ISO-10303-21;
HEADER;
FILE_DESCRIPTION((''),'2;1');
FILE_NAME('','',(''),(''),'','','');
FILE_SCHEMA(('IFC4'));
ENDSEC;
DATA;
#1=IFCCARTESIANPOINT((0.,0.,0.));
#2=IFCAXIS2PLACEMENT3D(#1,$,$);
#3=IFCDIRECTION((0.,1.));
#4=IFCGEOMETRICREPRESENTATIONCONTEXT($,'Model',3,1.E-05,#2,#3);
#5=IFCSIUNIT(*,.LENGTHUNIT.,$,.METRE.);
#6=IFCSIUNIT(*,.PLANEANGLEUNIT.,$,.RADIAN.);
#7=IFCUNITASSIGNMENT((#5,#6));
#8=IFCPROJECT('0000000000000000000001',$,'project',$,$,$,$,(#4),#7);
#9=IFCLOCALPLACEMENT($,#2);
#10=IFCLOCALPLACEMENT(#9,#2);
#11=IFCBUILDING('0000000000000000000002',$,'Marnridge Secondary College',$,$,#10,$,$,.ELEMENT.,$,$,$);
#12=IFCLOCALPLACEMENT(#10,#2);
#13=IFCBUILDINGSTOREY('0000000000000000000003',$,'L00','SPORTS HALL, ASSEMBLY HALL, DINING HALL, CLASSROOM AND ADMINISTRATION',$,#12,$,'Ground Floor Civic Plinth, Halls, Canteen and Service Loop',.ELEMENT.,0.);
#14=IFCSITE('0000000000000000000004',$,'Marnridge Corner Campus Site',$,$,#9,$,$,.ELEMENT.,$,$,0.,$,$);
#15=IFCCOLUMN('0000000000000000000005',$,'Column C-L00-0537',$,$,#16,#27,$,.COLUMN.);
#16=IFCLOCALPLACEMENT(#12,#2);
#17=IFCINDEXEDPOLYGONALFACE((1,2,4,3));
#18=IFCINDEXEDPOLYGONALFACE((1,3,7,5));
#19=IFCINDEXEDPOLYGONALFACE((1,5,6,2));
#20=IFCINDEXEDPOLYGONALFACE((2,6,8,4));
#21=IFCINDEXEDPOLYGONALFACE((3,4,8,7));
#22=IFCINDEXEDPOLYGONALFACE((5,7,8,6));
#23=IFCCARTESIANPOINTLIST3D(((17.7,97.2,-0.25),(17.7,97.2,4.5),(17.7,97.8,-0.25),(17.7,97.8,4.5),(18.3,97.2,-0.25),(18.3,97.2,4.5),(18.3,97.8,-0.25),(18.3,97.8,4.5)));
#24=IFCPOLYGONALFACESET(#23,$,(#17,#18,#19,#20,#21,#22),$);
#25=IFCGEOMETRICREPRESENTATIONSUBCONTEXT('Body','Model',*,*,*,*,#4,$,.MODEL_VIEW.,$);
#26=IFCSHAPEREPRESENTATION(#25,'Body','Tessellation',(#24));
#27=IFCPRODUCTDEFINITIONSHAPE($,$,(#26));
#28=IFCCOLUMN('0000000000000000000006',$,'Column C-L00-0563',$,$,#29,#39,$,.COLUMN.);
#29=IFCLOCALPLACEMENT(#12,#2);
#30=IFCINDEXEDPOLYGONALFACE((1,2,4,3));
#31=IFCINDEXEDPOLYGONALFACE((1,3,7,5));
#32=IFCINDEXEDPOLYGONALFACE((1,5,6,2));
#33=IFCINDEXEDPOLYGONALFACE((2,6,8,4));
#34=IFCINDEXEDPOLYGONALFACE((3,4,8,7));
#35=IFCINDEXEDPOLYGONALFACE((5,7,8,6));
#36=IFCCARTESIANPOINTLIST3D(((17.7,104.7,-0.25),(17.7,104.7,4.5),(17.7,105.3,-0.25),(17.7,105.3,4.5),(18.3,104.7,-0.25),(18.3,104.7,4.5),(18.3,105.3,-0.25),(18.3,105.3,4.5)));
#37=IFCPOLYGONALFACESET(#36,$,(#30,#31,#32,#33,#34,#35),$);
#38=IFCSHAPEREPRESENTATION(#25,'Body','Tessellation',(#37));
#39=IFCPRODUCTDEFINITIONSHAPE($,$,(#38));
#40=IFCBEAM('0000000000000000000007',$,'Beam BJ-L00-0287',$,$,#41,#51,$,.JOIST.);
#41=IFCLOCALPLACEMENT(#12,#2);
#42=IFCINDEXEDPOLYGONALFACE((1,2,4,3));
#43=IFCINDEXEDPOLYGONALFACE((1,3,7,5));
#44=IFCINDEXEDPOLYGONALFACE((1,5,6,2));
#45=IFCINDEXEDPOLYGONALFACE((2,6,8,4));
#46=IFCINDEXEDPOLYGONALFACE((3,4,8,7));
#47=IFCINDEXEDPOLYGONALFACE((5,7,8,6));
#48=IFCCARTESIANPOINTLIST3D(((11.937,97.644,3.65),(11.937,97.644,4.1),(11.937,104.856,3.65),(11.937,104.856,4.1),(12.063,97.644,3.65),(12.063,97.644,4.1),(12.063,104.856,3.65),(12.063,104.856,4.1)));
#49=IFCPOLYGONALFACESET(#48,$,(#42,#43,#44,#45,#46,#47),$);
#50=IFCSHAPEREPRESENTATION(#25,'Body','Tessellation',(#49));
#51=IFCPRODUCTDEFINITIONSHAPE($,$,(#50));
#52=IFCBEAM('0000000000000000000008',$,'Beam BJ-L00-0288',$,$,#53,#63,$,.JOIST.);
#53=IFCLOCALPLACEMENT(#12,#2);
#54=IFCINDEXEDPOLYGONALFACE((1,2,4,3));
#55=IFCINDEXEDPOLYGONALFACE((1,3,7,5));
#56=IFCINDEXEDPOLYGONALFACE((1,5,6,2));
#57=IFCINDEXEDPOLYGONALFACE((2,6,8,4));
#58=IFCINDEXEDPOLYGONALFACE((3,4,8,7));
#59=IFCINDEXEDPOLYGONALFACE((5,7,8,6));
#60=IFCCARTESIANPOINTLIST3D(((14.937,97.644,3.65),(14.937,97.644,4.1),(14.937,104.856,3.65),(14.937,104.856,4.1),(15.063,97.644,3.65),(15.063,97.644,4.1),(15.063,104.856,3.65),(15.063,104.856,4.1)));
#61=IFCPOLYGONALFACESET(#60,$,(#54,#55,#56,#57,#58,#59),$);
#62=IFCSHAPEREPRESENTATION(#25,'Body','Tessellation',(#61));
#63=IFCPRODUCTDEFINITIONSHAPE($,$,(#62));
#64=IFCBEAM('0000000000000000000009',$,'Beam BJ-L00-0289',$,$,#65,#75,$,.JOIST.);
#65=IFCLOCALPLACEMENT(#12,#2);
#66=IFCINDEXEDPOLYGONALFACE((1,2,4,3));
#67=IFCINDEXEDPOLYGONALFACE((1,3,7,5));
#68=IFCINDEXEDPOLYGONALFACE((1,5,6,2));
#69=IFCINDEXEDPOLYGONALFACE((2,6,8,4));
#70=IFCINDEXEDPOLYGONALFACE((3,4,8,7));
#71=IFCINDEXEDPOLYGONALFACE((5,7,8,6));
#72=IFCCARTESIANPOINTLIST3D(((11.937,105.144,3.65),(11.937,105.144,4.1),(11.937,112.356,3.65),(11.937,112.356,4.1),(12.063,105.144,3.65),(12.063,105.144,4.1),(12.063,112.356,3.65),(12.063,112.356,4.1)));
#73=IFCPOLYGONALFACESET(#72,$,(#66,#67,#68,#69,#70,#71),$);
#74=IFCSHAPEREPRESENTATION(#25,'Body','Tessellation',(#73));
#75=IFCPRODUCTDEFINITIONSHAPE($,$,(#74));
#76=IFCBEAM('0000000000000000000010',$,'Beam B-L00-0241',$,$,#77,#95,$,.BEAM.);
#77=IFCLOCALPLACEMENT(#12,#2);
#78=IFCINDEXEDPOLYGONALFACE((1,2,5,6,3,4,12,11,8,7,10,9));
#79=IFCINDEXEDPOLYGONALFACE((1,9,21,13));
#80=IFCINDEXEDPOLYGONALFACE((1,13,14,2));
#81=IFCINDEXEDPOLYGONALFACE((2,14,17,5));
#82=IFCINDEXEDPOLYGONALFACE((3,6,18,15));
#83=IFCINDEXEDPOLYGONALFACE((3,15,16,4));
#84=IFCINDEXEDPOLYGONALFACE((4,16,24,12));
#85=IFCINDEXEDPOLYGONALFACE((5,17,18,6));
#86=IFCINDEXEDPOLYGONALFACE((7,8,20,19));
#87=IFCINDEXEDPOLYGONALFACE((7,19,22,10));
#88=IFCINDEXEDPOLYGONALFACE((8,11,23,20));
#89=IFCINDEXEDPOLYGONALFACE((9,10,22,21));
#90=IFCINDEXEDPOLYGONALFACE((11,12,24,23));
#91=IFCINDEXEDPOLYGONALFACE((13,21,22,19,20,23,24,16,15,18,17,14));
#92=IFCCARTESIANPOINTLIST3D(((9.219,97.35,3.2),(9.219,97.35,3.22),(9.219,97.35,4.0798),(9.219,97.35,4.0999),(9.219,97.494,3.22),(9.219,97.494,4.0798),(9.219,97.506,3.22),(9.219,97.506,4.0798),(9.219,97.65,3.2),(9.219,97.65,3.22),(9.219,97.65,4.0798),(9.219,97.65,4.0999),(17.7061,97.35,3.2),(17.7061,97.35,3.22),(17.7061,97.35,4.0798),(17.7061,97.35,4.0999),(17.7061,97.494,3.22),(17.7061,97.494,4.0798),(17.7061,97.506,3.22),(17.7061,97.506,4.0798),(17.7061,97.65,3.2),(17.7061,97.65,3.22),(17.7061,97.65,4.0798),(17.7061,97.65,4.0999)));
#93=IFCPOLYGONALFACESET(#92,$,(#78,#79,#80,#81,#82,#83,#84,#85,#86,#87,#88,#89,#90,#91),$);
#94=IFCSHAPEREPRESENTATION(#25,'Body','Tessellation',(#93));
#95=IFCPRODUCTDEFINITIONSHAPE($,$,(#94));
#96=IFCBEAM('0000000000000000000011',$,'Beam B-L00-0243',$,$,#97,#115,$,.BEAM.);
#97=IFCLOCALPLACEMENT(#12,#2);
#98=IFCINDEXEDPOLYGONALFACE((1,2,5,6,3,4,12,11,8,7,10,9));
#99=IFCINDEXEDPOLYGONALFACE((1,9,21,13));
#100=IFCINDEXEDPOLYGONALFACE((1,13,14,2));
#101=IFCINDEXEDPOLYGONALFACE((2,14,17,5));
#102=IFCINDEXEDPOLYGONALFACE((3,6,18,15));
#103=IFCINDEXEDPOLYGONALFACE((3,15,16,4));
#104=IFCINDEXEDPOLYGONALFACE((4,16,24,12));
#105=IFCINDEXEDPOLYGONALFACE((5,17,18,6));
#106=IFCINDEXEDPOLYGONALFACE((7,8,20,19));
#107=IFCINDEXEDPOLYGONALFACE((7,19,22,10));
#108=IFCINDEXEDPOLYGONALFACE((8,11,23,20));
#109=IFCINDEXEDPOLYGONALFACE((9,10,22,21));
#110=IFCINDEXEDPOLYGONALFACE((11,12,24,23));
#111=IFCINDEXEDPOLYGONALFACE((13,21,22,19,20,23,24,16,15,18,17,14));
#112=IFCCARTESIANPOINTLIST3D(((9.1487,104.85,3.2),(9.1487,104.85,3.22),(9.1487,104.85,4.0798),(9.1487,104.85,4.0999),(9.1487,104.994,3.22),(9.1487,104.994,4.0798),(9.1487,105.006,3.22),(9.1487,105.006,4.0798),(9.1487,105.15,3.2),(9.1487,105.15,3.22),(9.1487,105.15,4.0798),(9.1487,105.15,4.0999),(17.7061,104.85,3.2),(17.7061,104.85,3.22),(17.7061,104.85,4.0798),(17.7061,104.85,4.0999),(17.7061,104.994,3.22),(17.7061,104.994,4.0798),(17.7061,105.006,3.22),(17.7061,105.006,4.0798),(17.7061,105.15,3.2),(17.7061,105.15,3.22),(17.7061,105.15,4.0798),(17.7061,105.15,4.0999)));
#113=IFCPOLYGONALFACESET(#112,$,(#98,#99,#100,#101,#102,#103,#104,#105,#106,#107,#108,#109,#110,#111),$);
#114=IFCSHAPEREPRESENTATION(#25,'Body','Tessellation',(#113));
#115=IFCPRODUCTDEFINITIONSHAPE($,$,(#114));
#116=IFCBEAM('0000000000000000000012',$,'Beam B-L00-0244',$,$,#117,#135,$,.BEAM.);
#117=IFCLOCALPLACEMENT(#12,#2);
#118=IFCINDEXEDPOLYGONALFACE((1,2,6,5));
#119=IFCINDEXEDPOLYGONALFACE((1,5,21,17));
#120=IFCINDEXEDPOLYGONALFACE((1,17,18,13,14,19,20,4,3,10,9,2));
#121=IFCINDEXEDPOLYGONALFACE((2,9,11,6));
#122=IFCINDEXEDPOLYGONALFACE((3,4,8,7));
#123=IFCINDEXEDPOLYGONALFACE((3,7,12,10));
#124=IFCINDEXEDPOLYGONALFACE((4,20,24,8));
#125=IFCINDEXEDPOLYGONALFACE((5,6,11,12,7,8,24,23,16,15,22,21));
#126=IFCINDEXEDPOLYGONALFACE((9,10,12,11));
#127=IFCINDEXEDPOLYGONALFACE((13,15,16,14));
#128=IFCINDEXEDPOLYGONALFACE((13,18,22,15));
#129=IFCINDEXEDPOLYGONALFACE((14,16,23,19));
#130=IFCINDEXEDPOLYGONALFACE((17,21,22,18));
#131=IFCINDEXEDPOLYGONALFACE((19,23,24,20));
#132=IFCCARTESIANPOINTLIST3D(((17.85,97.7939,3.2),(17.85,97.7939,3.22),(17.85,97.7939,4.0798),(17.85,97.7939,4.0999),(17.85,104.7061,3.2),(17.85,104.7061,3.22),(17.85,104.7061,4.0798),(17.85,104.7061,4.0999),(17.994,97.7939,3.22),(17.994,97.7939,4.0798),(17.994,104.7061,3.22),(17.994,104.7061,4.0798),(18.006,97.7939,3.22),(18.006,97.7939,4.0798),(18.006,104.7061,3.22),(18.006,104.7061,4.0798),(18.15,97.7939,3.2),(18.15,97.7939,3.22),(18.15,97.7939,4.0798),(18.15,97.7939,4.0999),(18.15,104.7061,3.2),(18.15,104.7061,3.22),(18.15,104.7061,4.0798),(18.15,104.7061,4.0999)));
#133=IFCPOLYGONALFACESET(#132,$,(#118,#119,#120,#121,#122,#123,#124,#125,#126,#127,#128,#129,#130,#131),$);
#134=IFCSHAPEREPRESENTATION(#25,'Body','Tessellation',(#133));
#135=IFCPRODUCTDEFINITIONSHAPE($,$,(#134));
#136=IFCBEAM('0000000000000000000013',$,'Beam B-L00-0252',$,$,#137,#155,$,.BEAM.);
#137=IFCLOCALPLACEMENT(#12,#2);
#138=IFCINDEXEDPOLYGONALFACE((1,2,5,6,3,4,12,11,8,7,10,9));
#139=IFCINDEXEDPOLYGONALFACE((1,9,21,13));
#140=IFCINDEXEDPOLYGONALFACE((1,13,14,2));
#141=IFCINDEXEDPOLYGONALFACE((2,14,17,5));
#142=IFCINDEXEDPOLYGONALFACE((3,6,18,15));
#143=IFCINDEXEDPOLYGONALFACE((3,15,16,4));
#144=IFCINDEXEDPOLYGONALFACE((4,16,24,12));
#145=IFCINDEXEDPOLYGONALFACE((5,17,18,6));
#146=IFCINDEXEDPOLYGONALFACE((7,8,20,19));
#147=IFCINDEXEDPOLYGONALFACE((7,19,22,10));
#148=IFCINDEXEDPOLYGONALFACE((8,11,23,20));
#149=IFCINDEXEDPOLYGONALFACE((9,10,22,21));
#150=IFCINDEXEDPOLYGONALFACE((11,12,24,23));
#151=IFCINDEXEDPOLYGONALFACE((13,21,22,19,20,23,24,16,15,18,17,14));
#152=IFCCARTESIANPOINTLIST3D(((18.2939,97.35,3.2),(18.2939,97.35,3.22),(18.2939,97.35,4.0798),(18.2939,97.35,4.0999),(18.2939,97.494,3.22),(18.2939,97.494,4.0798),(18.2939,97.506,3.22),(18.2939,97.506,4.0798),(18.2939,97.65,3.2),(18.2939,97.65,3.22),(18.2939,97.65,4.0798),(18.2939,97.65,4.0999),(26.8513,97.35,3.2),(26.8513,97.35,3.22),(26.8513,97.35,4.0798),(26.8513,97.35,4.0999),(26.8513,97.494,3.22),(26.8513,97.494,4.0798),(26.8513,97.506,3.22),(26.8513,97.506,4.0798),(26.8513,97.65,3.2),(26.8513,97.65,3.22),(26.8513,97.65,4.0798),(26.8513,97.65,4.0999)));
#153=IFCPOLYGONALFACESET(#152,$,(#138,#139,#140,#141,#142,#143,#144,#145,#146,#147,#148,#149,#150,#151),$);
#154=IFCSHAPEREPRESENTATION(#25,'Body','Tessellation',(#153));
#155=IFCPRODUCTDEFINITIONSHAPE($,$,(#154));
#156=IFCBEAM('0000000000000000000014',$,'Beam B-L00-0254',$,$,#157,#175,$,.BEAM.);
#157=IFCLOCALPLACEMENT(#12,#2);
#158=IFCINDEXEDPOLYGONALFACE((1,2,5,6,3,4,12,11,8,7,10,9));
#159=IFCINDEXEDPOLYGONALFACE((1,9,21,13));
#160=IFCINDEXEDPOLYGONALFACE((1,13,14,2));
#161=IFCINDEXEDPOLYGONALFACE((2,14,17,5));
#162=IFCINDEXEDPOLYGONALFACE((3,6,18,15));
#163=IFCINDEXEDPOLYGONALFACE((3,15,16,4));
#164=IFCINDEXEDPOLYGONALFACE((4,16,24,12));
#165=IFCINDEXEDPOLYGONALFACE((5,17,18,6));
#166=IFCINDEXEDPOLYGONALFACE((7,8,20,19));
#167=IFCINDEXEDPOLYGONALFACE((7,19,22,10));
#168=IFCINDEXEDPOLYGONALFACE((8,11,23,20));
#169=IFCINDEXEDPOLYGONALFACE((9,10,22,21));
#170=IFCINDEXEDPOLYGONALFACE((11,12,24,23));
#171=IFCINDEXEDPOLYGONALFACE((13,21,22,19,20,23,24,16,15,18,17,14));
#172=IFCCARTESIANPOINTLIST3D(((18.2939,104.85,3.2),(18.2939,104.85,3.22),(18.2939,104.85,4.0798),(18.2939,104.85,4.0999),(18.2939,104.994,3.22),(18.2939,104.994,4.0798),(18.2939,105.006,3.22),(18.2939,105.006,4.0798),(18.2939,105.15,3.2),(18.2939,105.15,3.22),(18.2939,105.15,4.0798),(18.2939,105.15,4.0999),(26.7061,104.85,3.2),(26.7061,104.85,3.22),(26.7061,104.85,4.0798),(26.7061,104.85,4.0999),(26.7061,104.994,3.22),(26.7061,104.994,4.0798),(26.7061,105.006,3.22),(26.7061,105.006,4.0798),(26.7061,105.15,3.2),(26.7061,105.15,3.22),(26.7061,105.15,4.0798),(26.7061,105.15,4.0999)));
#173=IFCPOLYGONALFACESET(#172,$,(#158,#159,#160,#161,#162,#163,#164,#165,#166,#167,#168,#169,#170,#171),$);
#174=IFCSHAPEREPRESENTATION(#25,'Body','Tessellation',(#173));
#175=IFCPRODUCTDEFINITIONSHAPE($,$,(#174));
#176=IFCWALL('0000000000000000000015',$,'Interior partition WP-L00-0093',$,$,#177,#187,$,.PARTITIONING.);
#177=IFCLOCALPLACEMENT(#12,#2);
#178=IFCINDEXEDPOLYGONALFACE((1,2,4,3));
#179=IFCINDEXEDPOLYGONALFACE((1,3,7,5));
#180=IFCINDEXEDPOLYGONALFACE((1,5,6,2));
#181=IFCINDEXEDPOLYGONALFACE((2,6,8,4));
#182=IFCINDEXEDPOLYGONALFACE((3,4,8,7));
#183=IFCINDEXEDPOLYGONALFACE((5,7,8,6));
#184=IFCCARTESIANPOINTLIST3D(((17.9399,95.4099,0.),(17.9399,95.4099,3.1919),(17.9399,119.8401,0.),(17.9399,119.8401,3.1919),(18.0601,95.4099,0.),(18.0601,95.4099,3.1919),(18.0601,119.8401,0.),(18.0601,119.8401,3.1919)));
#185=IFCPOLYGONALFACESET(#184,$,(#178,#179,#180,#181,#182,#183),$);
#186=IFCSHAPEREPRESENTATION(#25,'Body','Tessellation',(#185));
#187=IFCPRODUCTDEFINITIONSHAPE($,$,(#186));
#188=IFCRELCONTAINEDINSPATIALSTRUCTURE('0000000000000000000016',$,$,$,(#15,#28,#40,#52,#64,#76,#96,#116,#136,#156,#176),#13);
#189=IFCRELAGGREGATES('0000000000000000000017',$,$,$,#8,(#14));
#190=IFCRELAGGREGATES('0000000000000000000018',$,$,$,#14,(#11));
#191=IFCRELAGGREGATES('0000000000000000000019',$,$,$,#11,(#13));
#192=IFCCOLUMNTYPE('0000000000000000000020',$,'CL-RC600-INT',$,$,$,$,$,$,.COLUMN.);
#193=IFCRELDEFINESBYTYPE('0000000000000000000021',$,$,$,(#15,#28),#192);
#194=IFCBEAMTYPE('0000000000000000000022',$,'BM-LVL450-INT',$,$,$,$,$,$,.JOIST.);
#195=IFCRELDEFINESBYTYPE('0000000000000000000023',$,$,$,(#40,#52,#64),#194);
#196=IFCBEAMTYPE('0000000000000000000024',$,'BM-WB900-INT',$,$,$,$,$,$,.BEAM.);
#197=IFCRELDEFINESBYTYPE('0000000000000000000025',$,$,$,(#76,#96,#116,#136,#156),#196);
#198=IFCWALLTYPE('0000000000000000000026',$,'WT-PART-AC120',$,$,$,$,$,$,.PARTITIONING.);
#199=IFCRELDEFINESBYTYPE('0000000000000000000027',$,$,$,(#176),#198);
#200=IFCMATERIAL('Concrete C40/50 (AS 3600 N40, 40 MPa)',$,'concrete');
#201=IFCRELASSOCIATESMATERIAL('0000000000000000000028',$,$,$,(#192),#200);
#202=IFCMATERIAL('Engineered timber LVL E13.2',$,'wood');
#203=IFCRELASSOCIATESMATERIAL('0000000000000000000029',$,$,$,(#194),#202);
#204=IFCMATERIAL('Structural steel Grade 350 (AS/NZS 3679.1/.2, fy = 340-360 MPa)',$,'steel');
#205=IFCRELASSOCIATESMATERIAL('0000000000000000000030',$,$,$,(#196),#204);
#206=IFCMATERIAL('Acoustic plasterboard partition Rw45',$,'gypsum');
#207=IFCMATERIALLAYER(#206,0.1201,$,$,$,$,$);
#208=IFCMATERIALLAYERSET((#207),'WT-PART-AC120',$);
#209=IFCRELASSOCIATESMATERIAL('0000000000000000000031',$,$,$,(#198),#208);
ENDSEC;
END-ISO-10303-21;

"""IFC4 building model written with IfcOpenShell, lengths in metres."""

from ifc_helpers import new_model, si_unit, direction, frame, frame_2d, origin, origin_2d, place, context, subcontext, project, spatial, rectangle, i_section, extrude, material, layer, layer_set, material_profile, profile_set, type_object, element, save


model = new_model("IFC4")

# Units and contexts
model_context = context("Model", 3, precision=1e-05, world=origin(), true_north=direction((0.0, 1.0)))
body_context = subcontext(model_context, "Body", "Model", "MODEL_VIEW")
ifc_project = project(units=[si_unit("LENGTHUNIT", "METRE"), si_unit("PLANEANGLEUNIT", "RADIAN")], contexts=[model_context])

# Site, building, storey
site_placement = place(None, origin())
site = spatial("IfcSite", under=ifc_project, at=site_placement, Name="Marnridge Corner Campus Site", CompositionType="ELEMENT", RefElevation=0.0)
building_placement = place(site_placement, origin())
building = spatial("IfcBuilding", under=site, at=building_placement, Name="Marnridge Secondary College", CompositionType="ELEMENT")
storey_placement = place(building_placement, origin())
storey = spatial("IfcBuildingStorey", under=building, at=storey_placement, Name="L00", Description="SPORTS HALL, ASSEMBLY HALL, DINING HALL, CLASSROOM AND ADMINISTRATION", LongName="Ground Floor Civic Plinth, Halls, Canteen and Service Loop", CompositionType="ELEMENT", Elevation=0.0)

# Columns
ifc_material_1 = material(Name="Concrete C40/50 (AS 3600 N40, 40 MPa)", Category="concrete")
ifc_material_profile_1 = material_profile(ifc_material_1, rectangle(XDim=0.6001, YDim=0.6001, at=origin_2d()), Name="RC 600x600")
ifc_profile_set_1 = profile_set([ifc_material_profile_1], Name="Concrete C40/50 (AS 3600 N40, 40 MPa)")
column_type = type_object("IfcColumnType", Name="CL-RC600-INT", PredefinedType="COLUMN", material=ifc_profile_set_1)
for number, where, z_axis, x_axis, name in (
    (1, (18.0, 97.5, -0.25), (0.0, 0.0, 1.0), (1.0, 0.0, 0.0), "Column C-L00-0537"),
    (2, (18.0, 105.0, -0.25), (0.0, 0.0, 1.0), (1.0, 0.0, 0.0), "Column C-L00-0563"),
):
    element("IfcColumn", number, at=place(storey_placement, frame(where, z_axis=z_axis, x_axis=x_axis)), inside=storey, type_object=column_type, Name=name, PredefinedType="COLUMN", context=body_context, shape_type="SweptSolid", body=[
        extrude(rectangle(XDim=0.6001, YDim=0.6001, at=origin_2d()), origin(), (0.0, 0.0, 1.0), 4.75),
    ])

# Beams
ifc_material_2 = material(Name="Engineered timber LVL E13.2", Category="wood")
ifc_material_profile_2 = material_profile(ifc_material_2, rectangle(XDim=0.126, YDim=0.45, at=origin_2d()), Name="LVL 126x450")
ifc_profile_set_2 = profile_set([ifc_material_profile_2], Name="Engineered timber LVL E13.2")
beam_type_1 = type_object("IfcBeamType", Name="BM-LVL450-INT", PredefinedType="JOIST", material=ifc_profile_set_2)
for number, where, z_axis, x_axis, name in (
    (3, (12.0, 97.644, 3.875), (0.0, 1.0, 0.0), (-1.0, 0.0, 0.0), "Beam BJ-L00-0287"),
    (4, (15.0, 97.644, 3.875), (0.0, 1.0, 0.0), (-1.0, 0.0, 0.0), "Beam BJ-L00-0288"),
    (5, (12.0, 105.144, 3.875), (0.0, 1.0, 0.0), (-1.0, 0.0, 0.0), "Beam BJ-L00-0289"),
):
    element("IfcBeam", number, at=place(storey_placement, frame(where, z_axis=z_axis, x_axis=x_axis)), inside=storey, type_object=beam_type_1, Name=name, PredefinedType="JOIST", context=body_context, shape_type="SweptSolid", body=[
        extrude(rectangle(XDim=0.126, YDim=0.45, at=origin_2d()), origin(), (0.0, 0.0, 1.0), 7.2119),
    ])
ifc_material_3 = material(Name="Structural steel Grade 350 (AS/NZS 3679.1/.2, fy = 340-360 MPa)", Category="steel")
ifc_material_profile_3 = material_profile(ifc_material_3, i_section(OverallWidth=0.3, OverallDepth=0.8999, WebThickness=0.012, FlangeThickness=0.02, at=origin_2d()), Name="900WB175")
ifc_profile_set_3 = profile_set([ifc_material_profile_3], Name="Structural steel Grade 350 (AS/NZS 3679.1/.2, fy = 340-360 MPa)")
beam_type_2 = type_object("IfcBeamType", Name="BM-WB900-INT", PredefinedType="BEAM", material=ifc_profile_set_3)
beam_1_placement = place(storey_placement, frame((9.219, 97.5, 3.6499), z_axis=(1.0, 0.0, 0.0), x_axis=(0.0, 1.0, 0.0)))
element("IfcBeam", 6, at=beam_1_placement, inside=storey, type_object=beam_type_2, Name="Beam B-L00-0241", PredefinedType="BEAM", context=body_context, shape_type="SweptSolid", body=[
    extrude(i_section(OverallWidth=0.3, OverallDepth=0.8999, WebThickness=0.012, FlangeThickness=0.02, at=origin_2d()), origin(), (0.0, 0.0, 1.0), 8.4871),
])
beam_2_placement = place(storey_placement, frame((9.1487, 105.0, 3.6499), z_axis=(1.0, 0.0, 0.0), x_axis=(0.0, 1.0, 0.0)))
element("IfcBeam", 7, at=beam_2_placement, inside=storey, type_object=beam_type_2, Name="Beam B-L00-0243", PredefinedType="BEAM", context=body_context, shape_type="SweptSolid", body=[
    extrude(i_section(OverallWidth=0.3, OverallDepth=0.8999, WebThickness=0.012, FlangeThickness=0.02, at=origin_2d()), origin(), (0.0, 0.0, 1.0), 8.5574),
])
beam_3_placement = place(storey_placement, frame((18.0, 97.7939, 3.6499), z_axis=(0.0, 1.0, 0.0), x_axis=(-1.0, 0.0, 0.0)))
element("IfcBeam", 8, at=beam_3_placement, inside=storey, type_object=beam_type_2, Name="Beam B-L00-0244", PredefinedType="BEAM", context=body_context, shape_type="SweptSolid", body=[
    extrude(i_section(OverallWidth=0.3, OverallDepth=0.8999, WebThickness=0.012, FlangeThickness=0.02, at=origin_2d()), origin(), (0.0, 0.0, 1.0), 6.9121),
])
beam_4_placement = place(storey_placement, frame((18.2939, 97.5, 3.6499), z_axis=(1.0, 0.0, 0.0), x_axis=(0.0, 1.0, 0.0)))
element("IfcBeam", 9, at=beam_4_placement, inside=storey, type_object=beam_type_2, Name="Beam B-L00-0252", PredefinedType="BEAM", context=body_context, shape_type="SweptSolid", body=[
    extrude(i_section(OverallWidth=0.3, OverallDepth=0.8999, WebThickness=0.012, FlangeThickness=0.02, at=origin_2d()), origin(), (0.0, 0.0, 1.0), 8.5574),
])
beam_5_placement = place(storey_placement, frame((18.2939, 105.0, 3.6499), z_axis=(1.0, 0.0, 0.0), x_axis=(0.0, 1.0, 0.0)))
element("IfcBeam", 10, at=beam_5_placement, inside=storey, type_object=beam_type_2, Name="Beam B-L00-0254", PredefinedType="BEAM", context=body_context, shape_type="SweptSolid", body=[
    extrude(i_section(OverallWidth=0.3, OverallDepth=0.8999, WebThickness=0.012, FlangeThickness=0.02, at=origin_2d()), origin(), (0.0, 0.0, 1.0), 8.4121),
])

# Wall
ifc_material_4 = material(Name="Acoustic plasterboard partition Rw45", Category="gypsum")
ifc_layer_1 = layer(ifc_material_4, 0.1201)
ifc_layer_set_1 = layer_set([ifc_layer_1], Name="WT-PART-AC120")
wall_type_1 = type_object("IfcWallType", Name="WT-PART-AC120", PredefinedType="PARTITIONING", material=ifc_layer_set_1)
wall_1_placement = place(storey_placement, frame((18.0, 95.4099, 0.0), z_axis=(0.0, 0.0, 1.0), x_axis=(0.0, 1.0, 0.0)))
element("IfcWall", 11, at=wall_1_placement, inside=storey, type_object=wall_type_1, Name="Interior partition WP-L00-0093", PredefinedType="PARTITIONING", context=body_context, shape_type="SweptSolid", body=[
    extrude(rectangle(XDim=24.4302, YDim=0.1201, at=frame_2d((12.2151, 0.0))), origin(), (0.0, 0.0, 1.0), 3.1919),
])

save(model, "model.ifc")
